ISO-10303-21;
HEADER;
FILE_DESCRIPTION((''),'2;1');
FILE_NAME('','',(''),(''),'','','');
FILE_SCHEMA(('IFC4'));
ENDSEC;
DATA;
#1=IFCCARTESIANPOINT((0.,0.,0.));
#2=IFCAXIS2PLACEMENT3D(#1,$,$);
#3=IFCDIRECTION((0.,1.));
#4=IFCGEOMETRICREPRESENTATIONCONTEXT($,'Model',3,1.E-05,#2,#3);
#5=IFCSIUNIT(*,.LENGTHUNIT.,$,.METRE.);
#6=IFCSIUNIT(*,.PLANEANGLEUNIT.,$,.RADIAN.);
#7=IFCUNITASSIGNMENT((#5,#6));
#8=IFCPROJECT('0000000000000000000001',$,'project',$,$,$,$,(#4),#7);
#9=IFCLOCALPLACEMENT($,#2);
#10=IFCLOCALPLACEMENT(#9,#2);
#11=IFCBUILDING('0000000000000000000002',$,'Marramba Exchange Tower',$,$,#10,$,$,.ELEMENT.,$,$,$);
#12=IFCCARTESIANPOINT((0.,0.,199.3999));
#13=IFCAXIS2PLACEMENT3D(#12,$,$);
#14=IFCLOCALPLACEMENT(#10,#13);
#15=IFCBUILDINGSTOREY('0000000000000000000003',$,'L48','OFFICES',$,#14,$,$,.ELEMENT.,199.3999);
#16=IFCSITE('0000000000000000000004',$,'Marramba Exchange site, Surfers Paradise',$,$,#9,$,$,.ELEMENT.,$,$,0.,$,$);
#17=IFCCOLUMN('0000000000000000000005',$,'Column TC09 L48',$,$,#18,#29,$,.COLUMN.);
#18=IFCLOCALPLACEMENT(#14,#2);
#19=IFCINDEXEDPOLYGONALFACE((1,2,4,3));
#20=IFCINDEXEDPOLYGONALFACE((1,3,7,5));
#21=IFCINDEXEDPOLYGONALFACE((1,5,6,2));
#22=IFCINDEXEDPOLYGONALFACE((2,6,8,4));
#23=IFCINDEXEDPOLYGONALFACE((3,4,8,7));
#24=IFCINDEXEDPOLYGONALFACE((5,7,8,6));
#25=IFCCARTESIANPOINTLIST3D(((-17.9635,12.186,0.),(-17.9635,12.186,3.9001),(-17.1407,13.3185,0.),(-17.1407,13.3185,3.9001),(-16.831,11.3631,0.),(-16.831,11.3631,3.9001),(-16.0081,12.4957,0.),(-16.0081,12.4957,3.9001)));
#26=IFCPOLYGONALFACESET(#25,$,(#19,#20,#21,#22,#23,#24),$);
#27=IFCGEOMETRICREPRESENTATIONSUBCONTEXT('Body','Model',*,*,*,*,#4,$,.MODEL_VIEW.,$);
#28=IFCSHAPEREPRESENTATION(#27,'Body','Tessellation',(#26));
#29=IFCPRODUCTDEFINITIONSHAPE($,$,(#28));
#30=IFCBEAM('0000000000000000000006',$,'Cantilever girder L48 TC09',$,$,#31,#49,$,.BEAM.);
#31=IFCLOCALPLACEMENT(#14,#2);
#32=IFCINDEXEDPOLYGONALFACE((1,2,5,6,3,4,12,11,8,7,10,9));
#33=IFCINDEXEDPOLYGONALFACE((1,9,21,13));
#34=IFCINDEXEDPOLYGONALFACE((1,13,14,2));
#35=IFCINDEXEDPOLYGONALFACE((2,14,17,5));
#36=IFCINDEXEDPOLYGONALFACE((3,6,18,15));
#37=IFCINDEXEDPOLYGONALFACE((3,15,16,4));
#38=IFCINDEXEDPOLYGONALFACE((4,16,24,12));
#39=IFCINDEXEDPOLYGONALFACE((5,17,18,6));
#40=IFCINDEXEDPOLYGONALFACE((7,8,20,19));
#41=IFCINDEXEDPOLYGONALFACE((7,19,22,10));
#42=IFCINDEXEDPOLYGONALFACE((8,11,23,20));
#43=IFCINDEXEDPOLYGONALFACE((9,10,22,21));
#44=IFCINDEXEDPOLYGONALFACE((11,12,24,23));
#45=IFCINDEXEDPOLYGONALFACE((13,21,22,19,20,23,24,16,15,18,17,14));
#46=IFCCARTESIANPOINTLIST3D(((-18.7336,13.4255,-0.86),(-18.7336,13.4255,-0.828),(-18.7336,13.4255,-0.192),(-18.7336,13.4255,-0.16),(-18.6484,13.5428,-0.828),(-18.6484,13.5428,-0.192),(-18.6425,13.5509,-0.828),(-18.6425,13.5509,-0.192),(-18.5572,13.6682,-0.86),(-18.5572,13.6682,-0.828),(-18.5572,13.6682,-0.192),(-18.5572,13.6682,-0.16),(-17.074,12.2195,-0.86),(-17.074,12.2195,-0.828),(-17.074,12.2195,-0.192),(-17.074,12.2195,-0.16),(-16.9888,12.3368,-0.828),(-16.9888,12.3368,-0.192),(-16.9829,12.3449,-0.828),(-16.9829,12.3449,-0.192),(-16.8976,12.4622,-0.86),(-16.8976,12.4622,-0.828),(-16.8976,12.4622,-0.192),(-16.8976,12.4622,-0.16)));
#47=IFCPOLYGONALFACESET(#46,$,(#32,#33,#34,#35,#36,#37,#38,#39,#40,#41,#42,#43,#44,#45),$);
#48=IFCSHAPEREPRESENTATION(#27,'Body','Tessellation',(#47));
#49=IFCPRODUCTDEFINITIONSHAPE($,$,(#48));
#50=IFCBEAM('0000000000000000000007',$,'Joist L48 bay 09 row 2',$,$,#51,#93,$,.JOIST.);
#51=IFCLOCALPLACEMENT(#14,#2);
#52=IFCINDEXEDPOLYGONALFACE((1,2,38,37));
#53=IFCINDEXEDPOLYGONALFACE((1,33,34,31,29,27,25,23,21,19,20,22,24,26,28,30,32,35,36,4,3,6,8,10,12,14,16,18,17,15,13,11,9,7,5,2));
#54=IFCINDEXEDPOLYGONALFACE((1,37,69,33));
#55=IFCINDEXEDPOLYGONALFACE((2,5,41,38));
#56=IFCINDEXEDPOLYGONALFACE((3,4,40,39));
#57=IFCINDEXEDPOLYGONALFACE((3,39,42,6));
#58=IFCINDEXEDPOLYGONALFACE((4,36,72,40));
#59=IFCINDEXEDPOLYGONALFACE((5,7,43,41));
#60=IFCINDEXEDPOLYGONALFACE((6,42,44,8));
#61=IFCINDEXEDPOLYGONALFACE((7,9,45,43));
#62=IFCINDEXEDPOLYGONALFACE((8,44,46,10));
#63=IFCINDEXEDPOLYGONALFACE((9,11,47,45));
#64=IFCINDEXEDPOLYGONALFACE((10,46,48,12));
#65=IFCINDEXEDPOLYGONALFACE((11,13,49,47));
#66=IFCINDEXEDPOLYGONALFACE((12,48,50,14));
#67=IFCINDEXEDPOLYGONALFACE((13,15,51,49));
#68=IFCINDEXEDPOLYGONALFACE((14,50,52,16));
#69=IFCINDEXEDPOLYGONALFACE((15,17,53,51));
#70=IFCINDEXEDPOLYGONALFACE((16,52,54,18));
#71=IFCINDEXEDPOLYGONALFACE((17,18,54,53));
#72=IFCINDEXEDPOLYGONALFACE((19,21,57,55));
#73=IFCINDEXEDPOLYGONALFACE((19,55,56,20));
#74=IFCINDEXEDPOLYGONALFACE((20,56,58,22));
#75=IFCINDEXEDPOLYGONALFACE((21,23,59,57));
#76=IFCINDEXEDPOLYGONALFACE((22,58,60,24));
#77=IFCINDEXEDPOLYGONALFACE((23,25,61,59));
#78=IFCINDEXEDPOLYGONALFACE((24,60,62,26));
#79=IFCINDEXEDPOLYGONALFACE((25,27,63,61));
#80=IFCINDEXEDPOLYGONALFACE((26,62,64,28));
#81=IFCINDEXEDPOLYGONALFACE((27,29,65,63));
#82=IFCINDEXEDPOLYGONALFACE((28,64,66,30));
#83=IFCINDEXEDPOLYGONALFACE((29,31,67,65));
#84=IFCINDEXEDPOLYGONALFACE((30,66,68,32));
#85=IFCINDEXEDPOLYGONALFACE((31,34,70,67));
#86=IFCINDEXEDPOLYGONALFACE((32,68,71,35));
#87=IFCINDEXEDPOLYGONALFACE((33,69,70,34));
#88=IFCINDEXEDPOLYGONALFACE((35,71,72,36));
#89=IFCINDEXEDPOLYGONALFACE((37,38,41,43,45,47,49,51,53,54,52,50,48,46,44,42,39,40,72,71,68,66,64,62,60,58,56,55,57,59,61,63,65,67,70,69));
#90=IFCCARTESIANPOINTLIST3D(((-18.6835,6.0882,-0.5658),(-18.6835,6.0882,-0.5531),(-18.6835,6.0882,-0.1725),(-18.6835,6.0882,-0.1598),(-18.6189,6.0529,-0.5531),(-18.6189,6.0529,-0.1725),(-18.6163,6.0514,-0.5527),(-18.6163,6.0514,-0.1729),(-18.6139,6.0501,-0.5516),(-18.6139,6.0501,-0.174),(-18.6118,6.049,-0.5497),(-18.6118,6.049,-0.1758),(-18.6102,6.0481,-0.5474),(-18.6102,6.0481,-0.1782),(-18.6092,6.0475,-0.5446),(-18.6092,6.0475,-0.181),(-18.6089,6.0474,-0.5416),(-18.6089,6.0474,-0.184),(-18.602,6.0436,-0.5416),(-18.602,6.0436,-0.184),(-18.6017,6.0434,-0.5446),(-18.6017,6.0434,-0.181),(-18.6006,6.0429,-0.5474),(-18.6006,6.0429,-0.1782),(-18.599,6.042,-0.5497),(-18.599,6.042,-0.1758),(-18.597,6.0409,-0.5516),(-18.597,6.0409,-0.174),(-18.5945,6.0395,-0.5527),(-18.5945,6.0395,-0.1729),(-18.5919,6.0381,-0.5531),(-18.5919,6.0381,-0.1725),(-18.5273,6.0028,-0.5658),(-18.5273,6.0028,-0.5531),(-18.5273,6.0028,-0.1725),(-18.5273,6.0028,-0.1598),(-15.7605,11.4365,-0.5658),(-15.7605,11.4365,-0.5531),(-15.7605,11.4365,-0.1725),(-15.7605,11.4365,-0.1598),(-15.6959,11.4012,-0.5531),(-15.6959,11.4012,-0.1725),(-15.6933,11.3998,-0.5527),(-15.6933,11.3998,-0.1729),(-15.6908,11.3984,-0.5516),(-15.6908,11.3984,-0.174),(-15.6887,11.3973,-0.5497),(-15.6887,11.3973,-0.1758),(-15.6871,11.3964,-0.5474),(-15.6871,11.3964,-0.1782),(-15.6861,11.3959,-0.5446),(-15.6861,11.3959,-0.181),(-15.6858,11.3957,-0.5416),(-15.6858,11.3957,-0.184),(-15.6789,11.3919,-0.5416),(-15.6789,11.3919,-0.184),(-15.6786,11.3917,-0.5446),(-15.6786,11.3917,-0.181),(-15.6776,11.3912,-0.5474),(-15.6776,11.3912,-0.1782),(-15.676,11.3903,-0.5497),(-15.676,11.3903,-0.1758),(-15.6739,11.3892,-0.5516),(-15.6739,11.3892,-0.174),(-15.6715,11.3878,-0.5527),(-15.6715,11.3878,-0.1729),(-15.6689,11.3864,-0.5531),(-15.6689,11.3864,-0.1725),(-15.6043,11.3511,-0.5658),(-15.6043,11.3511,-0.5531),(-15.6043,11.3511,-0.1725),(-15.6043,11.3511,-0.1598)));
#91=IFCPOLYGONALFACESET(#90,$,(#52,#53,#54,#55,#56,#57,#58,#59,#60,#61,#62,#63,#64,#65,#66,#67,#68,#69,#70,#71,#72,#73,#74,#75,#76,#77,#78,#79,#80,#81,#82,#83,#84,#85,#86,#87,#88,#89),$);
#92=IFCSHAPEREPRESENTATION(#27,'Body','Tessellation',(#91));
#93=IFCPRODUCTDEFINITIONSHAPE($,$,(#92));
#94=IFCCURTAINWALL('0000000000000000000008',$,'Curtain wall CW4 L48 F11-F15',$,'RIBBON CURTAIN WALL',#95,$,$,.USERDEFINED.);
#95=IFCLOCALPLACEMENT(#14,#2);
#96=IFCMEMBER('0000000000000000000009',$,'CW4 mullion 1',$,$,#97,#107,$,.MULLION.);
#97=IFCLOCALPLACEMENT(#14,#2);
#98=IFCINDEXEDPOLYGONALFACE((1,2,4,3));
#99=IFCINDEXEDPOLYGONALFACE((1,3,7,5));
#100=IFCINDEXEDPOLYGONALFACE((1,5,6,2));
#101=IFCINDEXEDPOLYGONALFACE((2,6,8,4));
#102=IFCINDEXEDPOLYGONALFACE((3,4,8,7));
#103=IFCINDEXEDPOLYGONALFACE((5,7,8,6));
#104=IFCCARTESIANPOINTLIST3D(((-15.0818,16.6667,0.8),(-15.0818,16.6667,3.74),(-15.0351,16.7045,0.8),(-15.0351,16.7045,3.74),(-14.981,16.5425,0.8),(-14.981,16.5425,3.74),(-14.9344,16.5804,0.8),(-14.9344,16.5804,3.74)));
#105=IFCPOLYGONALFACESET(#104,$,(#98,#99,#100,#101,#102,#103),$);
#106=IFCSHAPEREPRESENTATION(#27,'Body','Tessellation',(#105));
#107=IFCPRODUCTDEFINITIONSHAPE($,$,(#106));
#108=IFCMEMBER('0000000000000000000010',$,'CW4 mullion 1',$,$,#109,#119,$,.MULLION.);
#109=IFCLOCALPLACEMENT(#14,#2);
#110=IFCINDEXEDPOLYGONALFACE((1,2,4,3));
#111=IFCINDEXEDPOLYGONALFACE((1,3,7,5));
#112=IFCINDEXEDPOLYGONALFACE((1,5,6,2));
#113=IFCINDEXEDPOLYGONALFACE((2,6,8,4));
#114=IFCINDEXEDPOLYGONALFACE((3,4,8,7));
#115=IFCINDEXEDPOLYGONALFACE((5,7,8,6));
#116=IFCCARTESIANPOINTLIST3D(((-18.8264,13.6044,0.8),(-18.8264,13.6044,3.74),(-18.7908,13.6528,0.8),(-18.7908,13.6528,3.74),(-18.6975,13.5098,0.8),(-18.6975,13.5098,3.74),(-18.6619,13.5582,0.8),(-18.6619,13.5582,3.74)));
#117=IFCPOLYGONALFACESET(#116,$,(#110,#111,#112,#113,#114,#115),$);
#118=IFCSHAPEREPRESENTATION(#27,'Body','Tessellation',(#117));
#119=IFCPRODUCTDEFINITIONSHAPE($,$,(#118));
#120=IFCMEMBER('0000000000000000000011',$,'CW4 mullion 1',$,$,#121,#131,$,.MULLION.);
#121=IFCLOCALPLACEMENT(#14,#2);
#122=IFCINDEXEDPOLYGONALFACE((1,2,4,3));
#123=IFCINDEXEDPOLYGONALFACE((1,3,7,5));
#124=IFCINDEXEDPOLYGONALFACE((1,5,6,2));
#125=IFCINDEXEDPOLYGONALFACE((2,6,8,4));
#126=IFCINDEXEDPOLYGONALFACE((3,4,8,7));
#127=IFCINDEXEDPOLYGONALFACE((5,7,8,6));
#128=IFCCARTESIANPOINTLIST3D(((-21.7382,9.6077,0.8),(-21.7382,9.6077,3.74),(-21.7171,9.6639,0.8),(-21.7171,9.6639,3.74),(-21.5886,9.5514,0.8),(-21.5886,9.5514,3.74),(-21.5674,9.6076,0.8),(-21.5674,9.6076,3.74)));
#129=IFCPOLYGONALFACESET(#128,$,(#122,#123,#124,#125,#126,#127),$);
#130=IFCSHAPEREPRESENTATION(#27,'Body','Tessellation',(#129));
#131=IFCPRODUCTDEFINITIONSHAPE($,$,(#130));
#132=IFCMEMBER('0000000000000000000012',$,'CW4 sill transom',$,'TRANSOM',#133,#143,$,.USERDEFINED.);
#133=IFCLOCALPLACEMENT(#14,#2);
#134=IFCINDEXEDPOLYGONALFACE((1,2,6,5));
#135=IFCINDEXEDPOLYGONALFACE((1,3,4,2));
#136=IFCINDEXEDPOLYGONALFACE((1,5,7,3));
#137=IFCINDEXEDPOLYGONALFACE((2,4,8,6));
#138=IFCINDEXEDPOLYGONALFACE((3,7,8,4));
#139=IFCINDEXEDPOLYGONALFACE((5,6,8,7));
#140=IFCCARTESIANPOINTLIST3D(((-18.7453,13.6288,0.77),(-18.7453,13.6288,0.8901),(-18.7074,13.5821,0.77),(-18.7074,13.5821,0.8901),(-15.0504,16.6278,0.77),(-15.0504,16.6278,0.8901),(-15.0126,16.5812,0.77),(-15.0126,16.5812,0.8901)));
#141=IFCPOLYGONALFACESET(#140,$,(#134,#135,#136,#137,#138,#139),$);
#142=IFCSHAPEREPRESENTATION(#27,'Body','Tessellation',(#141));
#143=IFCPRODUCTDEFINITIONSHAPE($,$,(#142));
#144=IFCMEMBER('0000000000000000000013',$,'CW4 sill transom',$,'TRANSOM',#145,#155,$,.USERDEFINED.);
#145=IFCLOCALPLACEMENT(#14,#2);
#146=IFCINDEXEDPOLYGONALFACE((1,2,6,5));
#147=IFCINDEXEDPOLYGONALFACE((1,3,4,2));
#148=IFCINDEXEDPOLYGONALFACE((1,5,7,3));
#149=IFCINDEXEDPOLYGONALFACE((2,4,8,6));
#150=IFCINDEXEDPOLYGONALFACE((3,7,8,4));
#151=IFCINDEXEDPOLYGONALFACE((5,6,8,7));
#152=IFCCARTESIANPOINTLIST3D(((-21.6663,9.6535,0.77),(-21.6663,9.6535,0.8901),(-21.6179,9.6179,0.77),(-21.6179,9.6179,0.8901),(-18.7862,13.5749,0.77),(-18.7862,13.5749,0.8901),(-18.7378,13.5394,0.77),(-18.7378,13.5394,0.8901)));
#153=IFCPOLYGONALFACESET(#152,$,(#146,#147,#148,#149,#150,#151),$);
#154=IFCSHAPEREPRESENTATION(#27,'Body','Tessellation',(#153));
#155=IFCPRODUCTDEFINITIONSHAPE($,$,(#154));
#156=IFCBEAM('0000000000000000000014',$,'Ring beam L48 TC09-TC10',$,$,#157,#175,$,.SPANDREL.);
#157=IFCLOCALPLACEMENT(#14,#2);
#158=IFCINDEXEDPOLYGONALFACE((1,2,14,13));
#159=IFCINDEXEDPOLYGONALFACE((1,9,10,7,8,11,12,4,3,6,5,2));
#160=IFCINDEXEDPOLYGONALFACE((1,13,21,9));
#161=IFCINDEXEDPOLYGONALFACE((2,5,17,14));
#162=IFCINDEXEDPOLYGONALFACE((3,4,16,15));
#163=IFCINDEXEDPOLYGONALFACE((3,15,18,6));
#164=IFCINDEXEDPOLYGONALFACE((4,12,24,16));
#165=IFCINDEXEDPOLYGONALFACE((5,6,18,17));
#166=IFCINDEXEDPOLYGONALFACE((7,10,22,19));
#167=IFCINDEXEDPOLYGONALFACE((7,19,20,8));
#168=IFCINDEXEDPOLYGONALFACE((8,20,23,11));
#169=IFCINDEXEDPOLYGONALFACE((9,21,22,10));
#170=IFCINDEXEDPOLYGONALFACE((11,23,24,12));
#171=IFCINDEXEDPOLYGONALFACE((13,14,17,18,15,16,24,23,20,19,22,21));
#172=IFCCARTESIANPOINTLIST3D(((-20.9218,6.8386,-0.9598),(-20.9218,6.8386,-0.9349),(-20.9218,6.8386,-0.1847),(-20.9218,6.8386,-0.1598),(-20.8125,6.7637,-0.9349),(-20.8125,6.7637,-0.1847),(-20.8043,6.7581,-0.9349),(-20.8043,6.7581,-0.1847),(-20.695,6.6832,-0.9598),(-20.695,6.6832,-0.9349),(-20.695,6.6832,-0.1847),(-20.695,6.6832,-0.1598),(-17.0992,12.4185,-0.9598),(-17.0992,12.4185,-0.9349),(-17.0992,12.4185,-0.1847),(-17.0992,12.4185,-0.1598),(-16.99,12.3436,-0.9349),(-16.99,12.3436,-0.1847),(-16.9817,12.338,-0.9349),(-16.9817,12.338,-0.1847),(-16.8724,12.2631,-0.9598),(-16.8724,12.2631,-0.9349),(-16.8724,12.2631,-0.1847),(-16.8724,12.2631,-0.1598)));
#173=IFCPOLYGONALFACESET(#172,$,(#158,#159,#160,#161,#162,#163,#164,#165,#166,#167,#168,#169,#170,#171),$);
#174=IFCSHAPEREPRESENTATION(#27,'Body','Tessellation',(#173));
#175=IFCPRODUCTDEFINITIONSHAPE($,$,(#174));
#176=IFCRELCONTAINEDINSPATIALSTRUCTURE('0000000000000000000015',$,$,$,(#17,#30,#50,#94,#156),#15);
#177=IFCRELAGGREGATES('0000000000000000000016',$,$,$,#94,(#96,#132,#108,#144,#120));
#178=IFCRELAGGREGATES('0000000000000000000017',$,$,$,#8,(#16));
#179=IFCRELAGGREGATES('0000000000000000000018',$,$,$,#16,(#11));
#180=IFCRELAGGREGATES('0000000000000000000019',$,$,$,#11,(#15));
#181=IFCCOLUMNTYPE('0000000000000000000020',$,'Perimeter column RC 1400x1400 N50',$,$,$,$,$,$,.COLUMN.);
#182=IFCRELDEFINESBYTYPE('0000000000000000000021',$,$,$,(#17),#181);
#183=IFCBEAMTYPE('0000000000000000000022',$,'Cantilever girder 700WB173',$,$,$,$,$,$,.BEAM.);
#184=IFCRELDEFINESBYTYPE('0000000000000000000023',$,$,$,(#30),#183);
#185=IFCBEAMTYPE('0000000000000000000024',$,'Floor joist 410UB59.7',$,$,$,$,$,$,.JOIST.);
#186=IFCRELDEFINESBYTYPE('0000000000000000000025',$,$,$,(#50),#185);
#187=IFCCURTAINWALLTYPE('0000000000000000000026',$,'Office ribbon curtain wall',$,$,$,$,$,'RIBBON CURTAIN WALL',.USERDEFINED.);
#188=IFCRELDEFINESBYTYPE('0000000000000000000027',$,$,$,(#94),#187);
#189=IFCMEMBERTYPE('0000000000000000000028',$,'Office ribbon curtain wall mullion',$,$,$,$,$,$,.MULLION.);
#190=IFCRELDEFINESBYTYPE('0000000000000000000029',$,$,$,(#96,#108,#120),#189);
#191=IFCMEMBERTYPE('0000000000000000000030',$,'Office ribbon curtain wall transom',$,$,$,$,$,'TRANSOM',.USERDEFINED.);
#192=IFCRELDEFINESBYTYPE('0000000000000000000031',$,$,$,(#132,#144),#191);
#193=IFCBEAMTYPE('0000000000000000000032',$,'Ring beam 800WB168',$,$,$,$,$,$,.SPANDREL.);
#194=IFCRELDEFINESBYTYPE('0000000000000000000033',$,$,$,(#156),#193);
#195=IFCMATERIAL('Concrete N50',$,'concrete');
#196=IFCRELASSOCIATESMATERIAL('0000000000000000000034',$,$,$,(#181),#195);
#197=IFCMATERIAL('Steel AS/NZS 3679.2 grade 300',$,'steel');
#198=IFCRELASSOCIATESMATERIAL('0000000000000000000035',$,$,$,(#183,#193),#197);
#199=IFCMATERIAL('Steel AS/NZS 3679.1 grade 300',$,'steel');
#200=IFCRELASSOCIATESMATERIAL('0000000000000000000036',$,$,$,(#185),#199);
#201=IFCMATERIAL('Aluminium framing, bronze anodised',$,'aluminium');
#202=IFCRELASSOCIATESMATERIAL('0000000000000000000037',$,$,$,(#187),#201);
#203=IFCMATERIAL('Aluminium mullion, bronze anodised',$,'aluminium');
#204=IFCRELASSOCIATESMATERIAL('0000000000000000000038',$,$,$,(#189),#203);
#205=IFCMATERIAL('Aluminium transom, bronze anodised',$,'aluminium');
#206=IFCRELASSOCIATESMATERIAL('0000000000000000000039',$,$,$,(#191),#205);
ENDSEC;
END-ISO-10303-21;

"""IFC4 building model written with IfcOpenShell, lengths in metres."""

from ifc_helpers import new_model, si_unit, direction, frame, origin, origin_2d, place, context, subcontext, project, spatial, rectangle, i_section, extrude, material, material_profile, profile_set, type_object, element, aggregate, save


model = new_model("IFC4")

# Units and contexts
model_context = context("Model", 3, precision=1e-05, world=origin(), true_north=direction((0.0, 1.0)))
body_context = subcontext(model_context, "Body", "Model", "MODEL_VIEW")
ifc_project = project(units=[si_unit("LENGTHUNIT", "METRE"), si_unit("PLANEANGLEUNIT", "RADIAN")], contexts=[model_context])

# Site, building, storey
site_placement = place(None, origin())
site = spatial("IfcSite", under=ifc_project, at=site_placement, Name="Marramba Exchange site, Surfers Paradise", CompositionType="ELEMENT", RefElevation=0.0)
building_placement = place(site_placement, origin())
building = spatial("IfcBuilding", under=site, at=building_placement, Name="Marramba Exchange Tower", CompositionType="ELEMENT")
storey_placement = place(building_placement, frame((0.0, 0.0, 199.3999)))
storey = spatial("IfcBuildingStorey", under=building, at=storey_placement, Name="L48", Description="OFFICES", CompositionType="ELEMENT", Elevation=199.3999)

# Column
ifc_material_1 = material(Name="Concrete N50", Category="concrete")
ifc_material_profile_1 = material_profile(ifc_material_1, rectangle(XDim=1.3999, YDim=1.3999, at=origin_2d()), Name="RC 1400x1400")
ifc_profile_set_1 = profile_set([ifc_material_profile_1], Name="Concrete N50")
column_type = type_object("IfcColumnType", Name="Perimeter column RC 1400x1400 N50", PredefinedType="COLUMN", material=ifc_profile_set_1)
column_placement = place(storey_placement, frame((-16.9858, 12.3408, 0.0), z_axis=(0.0, 0.0, 1.0), x_axis=(-0.809017, 0.587785, 0.0)))
element("IfcColumn", 1, at=column_placement, inside=storey, type_object=column_type, Name="Column TC09 L48", PredefinedType="COLUMN", context=body_context, shape_type="SweptSolid", body=[
    extrude(rectangle(XDim=1.3999, YDim=1.3999, at=origin_2d()), origin(), (0.0, 0.0, 1.0), 3.9001),
])

# Beams
ifc_material_2 = material(Name="Steel AS/NZS 3679.2 grade 300", Category="steel")
ifc_material_profile_2 = material_profile(ifc_material_2, i_section(OverallWidth=0.3, OverallDepth=0.7, WebThickness=0.01, FlangeThickness=0.032, at=origin_2d()), Name="700WB173")
ifc_profile_set_2 = profile_set([ifc_material_profile_2], Name="Steel AS/NZS 3679.2 grade 300")
beam_type_1 = type_object("IfcBeamType", Name="Cantilever girder 700WB173", PredefinedType="BEAM", material=ifc_profile_set_2)
beam_1_placement = place(storey_placement, frame((-16.9858, 12.3408, -0.51), z_axis=(-0.808962, 0.58786, 0.0), x_axis=(-0.58786, -0.808962, 0.0)))
element("IfcBeam", 2, at=beam_1_placement, inside=storey, type_object=beam_type_1, Name="Cantilever girder L48 TC09", PredefinedType="BEAM", context=body_context, shape_type="SweptSolid", body=[
    extrude(i_section(OverallWidth=0.3, OverallDepth=0.7, WebThickness=0.01, FlangeThickness=0.032, at=origin_2d()), origin(), (0.0, 0.0, 1.0), 2.0515),
])
ifc_material_3 = material(Name="Steel AS/NZS 3679.1 grade 300", Category="steel")
ifc_material_profile_3 = material_profile(ifc_material_3, i_section(OverallWidth=0.178, OverallDepth=0.406, WebThickness=0.0078, FlangeThickness=0.0127, FilletRadius=0.0115, at=origin_2d()), Name="410UB59.7")
ifc_profile_set_3 = profile_set([ifc_material_profile_3], Name="Steel AS/NZS 3679.1 grade 300")
beam_type_2 = type_object("IfcBeamType", Name="Floor joist 410UB59.7", PredefinedType="JOIST", material=ifc_profile_set_3)
beam_2_placement = place(storey_placement, frame((-15.6824, 11.3938, -0.3628), z_axis=(-0.479584, -0.877496, 0.0), x_axis=(0.877496, -0.479584, 0.0)))
element("IfcBeam", 3, at=beam_2_placement, inside=storey, type_object=beam_type_2, Name="Joist L48 bay 09 row 2", PredefinedType="JOIST", context=body_context, shape_type="SweptSolid", body=[
    extrude(i_section(OverallWidth=0.178, OverallDepth=0.406, WebThickness=0.0078, FlangeThickness=0.0127, FilletRadius=0.0115, at=origin_2d()), origin(), (0.0, 0.0, 1.0), 6.095),
])

# Curtain wall, members
ifc_material_4 = material(Name="Aluminium framing, bronze anodised", Category="aluminium")
curtain_wall_type = type_object("IfcCurtainWallType", Name="Office ribbon curtain wall", ElementType="RIBBON CURTAIN WALL", PredefinedType="USERDEFINED", material=ifc_material_4)
curtain_wall_placement = place(storey_placement, origin())
curtain_wall = element("IfcCurtainWall", 4, at=curtain_wall_placement, inside=storey, type_object=curtain_wall_type, Name="Curtain wall CW4 L48 F11-F15", ObjectType="RIBBON CURTAIN WALL", PredefinedType="USERDEFINED")
ifc_material_5 = material(Name="Aluminium mullion, bronze anodised", Category="aluminium")
ifc_material_profile_4 = material_profile(ifc_material_5, rectangle(XDim=0.1599, YDim=0.0601, at=origin_2d()), Name="CW4 mullion 60x160")
ifc_profile_set_4 = profile_set([ifc_material_profile_4], Name="Aluminium mullion, bronze anodised")
member_type_1 = type_object("IfcMemberType", Name="Office ribbon curtain wall mullion", PredefinedType="MULLION", material=ifc_profile_set_4)
member_1_placement = place(storey_placement, frame((-15.0081, 16.6235, 0.8), z_axis=(0.0, 0.0, 1.0), x_axis=(0.630201, -0.776432, 0.0)))
member_1 = element("IfcMember", 5, at=member_1_placement, type_object=member_type_1, Name="CW4 mullion 1", PredefinedType="MULLION", context=body_context, shape_type="SweptSolid", body=[
    extrude(rectangle(XDim=0.1599, YDim=0.0601, at=origin_2d()), origin(), (0.0, 0.0, 1.0), 2.9399),
])
member_2_placement = place(storey_placement, frame((-18.7441, 13.5813, 0.8), z_axis=(0.0, 0.0, 1.0), x_axis=(0.805965, -0.591963, 0.0)))
member_2 = element("IfcMember", 6, at=member_2_placement, type_object=member_type_1, Name="CW4 mullion 1", PredefinedType="MULLION", context=body_context, shape_type="SweptSolid", body=[
    extrude(rectangle(XDim=0.1599, YDim=0.0601, at=origin_2d()), origin(), (0.0, 0.0, 1.0), 2.9399),
])
member_3_placement = place(storey_placement, frame((-21.6528, 9.6077, 0.8), z_axis=(0.0, 0.0, 1.0), x_axis=(0.936018, -0.351952, 0.0)))
member_3 = element("IfcMember", 7, at=member_3_placement, type_object=member_type_1, Name="CW4 mullion 1", PredefinedType="MULLION", context=body_context, shape_type="SweptSolid", body=[
    extrude(rectangle(XDim=0.1599, YDim=0.0601, at=origin_2d()), origin(), (0.0, 0.0, 1.0), 2.9399),
])
ifc_material_6 = material(Name="Aluminium transom, bronze anodised", Category="aluminium")
ifc_material_profile_5 = material_profile(ifc_material_6, rectangle(XDim=0.0601, YDim=0.1201, at=origin_2d()), Name="CW4 transom 60x120")
ifc_profile_set_5 = profile_set([ifc_material_profile_5], Name="Aluminium transom, bronze anodised")
member_type_2 = type_object("IfcMemberType", Name="Office ribbon curtain wall transom", ElementType="TRANSOM", PredefinedType="USERDEFINED", material=ifc_profile_set_5)
member_4_placement = place(storey_placement, frame((-15.0315, 16.6045, 0.8301), z_axis=(-0.776425, -0.63021, 0.0), x_axis=(0.63021, -0.776425, 0.0)))
member_4 = element("IfcMember", 8, at=member_4_placement, type_object=member_type_2, Name="CW4 sill transom", ObjectType="TRANSOM", PredefinedType="USERDEFINED", context=body_context, shape_type="SweptSolid", body=[
    extrude(rectangle(XDim=0.0601, YDim=0.1201, at=origin_2d()), origin(), (0.0, 0.0, 1.0), 4.7588),
])
member_5_placement = place(storey_placement, frame((-18.762, 13.5571, 0.8301), z_axis=(-0.591957, -0.805969, 0.0), x_axis=(0.805969, -0.591957, 0.0)))
member_5 = element("IfcMember", 9, at=member_5_placement, type_object=member_type_2, Name="CW4 sill transom", ObjectType="TRANSOM", PredefinedType="USERDEFINED", context=body_context, shape_type="SweptSolid", body=[
    extrude(rectangle(XDim=0.0601, YDim=0.1201, at=origin_2d()), origin(), (0.0, 0.0, 1.0), 4.8655),
])

# Beam
ifc_material_profile_6 = material_profile(ifc_material_2, i_section(OverallWidth=0.2749, OverallDepth=0.8, WebThickness=0.01, FlangeThickness=0.0249, at=origin_2d()), Name="800WB168")
ifc_profile_set_6 = profile_set([ifc_material_profile_6], Name="Steel AS/NZS 3679.2 grade 300")
beam_type_3 = type_object("IfcBeamType", Name="Ring beam 800WB168", PredefinedType="SPANDREL", material=ifc_profile_set_6)
beam_3_placement = place(storey_placement, frame((-16.9858, 12.3408, -0.5598), z_axis=(-0.56516, -0.824981, 0.0), x_axis=(0.824981, -0.56516, 0.0)))
element("IfcBeam", 10, at=beam_3_placement, inside=storey, type_object=beam_type_3, Name="Ring beam L48 TC09-TC10", PredefinedType="SPANDREL", context=body_context, shape_type="SweptSolid", body=[
    extrude(i_section(OverallWidth=0.2749, OverallDepth=0.8, WebThickness=0.01, FlangeThickness=0.0249, at=origin_2d()), origin(), (0.0, 0.0, 1.0), 6.7637),
])

aggregate(curtain_wall, [member_1, member_4, member_2, member_5, member_3])

save(model, "model.ifc")
